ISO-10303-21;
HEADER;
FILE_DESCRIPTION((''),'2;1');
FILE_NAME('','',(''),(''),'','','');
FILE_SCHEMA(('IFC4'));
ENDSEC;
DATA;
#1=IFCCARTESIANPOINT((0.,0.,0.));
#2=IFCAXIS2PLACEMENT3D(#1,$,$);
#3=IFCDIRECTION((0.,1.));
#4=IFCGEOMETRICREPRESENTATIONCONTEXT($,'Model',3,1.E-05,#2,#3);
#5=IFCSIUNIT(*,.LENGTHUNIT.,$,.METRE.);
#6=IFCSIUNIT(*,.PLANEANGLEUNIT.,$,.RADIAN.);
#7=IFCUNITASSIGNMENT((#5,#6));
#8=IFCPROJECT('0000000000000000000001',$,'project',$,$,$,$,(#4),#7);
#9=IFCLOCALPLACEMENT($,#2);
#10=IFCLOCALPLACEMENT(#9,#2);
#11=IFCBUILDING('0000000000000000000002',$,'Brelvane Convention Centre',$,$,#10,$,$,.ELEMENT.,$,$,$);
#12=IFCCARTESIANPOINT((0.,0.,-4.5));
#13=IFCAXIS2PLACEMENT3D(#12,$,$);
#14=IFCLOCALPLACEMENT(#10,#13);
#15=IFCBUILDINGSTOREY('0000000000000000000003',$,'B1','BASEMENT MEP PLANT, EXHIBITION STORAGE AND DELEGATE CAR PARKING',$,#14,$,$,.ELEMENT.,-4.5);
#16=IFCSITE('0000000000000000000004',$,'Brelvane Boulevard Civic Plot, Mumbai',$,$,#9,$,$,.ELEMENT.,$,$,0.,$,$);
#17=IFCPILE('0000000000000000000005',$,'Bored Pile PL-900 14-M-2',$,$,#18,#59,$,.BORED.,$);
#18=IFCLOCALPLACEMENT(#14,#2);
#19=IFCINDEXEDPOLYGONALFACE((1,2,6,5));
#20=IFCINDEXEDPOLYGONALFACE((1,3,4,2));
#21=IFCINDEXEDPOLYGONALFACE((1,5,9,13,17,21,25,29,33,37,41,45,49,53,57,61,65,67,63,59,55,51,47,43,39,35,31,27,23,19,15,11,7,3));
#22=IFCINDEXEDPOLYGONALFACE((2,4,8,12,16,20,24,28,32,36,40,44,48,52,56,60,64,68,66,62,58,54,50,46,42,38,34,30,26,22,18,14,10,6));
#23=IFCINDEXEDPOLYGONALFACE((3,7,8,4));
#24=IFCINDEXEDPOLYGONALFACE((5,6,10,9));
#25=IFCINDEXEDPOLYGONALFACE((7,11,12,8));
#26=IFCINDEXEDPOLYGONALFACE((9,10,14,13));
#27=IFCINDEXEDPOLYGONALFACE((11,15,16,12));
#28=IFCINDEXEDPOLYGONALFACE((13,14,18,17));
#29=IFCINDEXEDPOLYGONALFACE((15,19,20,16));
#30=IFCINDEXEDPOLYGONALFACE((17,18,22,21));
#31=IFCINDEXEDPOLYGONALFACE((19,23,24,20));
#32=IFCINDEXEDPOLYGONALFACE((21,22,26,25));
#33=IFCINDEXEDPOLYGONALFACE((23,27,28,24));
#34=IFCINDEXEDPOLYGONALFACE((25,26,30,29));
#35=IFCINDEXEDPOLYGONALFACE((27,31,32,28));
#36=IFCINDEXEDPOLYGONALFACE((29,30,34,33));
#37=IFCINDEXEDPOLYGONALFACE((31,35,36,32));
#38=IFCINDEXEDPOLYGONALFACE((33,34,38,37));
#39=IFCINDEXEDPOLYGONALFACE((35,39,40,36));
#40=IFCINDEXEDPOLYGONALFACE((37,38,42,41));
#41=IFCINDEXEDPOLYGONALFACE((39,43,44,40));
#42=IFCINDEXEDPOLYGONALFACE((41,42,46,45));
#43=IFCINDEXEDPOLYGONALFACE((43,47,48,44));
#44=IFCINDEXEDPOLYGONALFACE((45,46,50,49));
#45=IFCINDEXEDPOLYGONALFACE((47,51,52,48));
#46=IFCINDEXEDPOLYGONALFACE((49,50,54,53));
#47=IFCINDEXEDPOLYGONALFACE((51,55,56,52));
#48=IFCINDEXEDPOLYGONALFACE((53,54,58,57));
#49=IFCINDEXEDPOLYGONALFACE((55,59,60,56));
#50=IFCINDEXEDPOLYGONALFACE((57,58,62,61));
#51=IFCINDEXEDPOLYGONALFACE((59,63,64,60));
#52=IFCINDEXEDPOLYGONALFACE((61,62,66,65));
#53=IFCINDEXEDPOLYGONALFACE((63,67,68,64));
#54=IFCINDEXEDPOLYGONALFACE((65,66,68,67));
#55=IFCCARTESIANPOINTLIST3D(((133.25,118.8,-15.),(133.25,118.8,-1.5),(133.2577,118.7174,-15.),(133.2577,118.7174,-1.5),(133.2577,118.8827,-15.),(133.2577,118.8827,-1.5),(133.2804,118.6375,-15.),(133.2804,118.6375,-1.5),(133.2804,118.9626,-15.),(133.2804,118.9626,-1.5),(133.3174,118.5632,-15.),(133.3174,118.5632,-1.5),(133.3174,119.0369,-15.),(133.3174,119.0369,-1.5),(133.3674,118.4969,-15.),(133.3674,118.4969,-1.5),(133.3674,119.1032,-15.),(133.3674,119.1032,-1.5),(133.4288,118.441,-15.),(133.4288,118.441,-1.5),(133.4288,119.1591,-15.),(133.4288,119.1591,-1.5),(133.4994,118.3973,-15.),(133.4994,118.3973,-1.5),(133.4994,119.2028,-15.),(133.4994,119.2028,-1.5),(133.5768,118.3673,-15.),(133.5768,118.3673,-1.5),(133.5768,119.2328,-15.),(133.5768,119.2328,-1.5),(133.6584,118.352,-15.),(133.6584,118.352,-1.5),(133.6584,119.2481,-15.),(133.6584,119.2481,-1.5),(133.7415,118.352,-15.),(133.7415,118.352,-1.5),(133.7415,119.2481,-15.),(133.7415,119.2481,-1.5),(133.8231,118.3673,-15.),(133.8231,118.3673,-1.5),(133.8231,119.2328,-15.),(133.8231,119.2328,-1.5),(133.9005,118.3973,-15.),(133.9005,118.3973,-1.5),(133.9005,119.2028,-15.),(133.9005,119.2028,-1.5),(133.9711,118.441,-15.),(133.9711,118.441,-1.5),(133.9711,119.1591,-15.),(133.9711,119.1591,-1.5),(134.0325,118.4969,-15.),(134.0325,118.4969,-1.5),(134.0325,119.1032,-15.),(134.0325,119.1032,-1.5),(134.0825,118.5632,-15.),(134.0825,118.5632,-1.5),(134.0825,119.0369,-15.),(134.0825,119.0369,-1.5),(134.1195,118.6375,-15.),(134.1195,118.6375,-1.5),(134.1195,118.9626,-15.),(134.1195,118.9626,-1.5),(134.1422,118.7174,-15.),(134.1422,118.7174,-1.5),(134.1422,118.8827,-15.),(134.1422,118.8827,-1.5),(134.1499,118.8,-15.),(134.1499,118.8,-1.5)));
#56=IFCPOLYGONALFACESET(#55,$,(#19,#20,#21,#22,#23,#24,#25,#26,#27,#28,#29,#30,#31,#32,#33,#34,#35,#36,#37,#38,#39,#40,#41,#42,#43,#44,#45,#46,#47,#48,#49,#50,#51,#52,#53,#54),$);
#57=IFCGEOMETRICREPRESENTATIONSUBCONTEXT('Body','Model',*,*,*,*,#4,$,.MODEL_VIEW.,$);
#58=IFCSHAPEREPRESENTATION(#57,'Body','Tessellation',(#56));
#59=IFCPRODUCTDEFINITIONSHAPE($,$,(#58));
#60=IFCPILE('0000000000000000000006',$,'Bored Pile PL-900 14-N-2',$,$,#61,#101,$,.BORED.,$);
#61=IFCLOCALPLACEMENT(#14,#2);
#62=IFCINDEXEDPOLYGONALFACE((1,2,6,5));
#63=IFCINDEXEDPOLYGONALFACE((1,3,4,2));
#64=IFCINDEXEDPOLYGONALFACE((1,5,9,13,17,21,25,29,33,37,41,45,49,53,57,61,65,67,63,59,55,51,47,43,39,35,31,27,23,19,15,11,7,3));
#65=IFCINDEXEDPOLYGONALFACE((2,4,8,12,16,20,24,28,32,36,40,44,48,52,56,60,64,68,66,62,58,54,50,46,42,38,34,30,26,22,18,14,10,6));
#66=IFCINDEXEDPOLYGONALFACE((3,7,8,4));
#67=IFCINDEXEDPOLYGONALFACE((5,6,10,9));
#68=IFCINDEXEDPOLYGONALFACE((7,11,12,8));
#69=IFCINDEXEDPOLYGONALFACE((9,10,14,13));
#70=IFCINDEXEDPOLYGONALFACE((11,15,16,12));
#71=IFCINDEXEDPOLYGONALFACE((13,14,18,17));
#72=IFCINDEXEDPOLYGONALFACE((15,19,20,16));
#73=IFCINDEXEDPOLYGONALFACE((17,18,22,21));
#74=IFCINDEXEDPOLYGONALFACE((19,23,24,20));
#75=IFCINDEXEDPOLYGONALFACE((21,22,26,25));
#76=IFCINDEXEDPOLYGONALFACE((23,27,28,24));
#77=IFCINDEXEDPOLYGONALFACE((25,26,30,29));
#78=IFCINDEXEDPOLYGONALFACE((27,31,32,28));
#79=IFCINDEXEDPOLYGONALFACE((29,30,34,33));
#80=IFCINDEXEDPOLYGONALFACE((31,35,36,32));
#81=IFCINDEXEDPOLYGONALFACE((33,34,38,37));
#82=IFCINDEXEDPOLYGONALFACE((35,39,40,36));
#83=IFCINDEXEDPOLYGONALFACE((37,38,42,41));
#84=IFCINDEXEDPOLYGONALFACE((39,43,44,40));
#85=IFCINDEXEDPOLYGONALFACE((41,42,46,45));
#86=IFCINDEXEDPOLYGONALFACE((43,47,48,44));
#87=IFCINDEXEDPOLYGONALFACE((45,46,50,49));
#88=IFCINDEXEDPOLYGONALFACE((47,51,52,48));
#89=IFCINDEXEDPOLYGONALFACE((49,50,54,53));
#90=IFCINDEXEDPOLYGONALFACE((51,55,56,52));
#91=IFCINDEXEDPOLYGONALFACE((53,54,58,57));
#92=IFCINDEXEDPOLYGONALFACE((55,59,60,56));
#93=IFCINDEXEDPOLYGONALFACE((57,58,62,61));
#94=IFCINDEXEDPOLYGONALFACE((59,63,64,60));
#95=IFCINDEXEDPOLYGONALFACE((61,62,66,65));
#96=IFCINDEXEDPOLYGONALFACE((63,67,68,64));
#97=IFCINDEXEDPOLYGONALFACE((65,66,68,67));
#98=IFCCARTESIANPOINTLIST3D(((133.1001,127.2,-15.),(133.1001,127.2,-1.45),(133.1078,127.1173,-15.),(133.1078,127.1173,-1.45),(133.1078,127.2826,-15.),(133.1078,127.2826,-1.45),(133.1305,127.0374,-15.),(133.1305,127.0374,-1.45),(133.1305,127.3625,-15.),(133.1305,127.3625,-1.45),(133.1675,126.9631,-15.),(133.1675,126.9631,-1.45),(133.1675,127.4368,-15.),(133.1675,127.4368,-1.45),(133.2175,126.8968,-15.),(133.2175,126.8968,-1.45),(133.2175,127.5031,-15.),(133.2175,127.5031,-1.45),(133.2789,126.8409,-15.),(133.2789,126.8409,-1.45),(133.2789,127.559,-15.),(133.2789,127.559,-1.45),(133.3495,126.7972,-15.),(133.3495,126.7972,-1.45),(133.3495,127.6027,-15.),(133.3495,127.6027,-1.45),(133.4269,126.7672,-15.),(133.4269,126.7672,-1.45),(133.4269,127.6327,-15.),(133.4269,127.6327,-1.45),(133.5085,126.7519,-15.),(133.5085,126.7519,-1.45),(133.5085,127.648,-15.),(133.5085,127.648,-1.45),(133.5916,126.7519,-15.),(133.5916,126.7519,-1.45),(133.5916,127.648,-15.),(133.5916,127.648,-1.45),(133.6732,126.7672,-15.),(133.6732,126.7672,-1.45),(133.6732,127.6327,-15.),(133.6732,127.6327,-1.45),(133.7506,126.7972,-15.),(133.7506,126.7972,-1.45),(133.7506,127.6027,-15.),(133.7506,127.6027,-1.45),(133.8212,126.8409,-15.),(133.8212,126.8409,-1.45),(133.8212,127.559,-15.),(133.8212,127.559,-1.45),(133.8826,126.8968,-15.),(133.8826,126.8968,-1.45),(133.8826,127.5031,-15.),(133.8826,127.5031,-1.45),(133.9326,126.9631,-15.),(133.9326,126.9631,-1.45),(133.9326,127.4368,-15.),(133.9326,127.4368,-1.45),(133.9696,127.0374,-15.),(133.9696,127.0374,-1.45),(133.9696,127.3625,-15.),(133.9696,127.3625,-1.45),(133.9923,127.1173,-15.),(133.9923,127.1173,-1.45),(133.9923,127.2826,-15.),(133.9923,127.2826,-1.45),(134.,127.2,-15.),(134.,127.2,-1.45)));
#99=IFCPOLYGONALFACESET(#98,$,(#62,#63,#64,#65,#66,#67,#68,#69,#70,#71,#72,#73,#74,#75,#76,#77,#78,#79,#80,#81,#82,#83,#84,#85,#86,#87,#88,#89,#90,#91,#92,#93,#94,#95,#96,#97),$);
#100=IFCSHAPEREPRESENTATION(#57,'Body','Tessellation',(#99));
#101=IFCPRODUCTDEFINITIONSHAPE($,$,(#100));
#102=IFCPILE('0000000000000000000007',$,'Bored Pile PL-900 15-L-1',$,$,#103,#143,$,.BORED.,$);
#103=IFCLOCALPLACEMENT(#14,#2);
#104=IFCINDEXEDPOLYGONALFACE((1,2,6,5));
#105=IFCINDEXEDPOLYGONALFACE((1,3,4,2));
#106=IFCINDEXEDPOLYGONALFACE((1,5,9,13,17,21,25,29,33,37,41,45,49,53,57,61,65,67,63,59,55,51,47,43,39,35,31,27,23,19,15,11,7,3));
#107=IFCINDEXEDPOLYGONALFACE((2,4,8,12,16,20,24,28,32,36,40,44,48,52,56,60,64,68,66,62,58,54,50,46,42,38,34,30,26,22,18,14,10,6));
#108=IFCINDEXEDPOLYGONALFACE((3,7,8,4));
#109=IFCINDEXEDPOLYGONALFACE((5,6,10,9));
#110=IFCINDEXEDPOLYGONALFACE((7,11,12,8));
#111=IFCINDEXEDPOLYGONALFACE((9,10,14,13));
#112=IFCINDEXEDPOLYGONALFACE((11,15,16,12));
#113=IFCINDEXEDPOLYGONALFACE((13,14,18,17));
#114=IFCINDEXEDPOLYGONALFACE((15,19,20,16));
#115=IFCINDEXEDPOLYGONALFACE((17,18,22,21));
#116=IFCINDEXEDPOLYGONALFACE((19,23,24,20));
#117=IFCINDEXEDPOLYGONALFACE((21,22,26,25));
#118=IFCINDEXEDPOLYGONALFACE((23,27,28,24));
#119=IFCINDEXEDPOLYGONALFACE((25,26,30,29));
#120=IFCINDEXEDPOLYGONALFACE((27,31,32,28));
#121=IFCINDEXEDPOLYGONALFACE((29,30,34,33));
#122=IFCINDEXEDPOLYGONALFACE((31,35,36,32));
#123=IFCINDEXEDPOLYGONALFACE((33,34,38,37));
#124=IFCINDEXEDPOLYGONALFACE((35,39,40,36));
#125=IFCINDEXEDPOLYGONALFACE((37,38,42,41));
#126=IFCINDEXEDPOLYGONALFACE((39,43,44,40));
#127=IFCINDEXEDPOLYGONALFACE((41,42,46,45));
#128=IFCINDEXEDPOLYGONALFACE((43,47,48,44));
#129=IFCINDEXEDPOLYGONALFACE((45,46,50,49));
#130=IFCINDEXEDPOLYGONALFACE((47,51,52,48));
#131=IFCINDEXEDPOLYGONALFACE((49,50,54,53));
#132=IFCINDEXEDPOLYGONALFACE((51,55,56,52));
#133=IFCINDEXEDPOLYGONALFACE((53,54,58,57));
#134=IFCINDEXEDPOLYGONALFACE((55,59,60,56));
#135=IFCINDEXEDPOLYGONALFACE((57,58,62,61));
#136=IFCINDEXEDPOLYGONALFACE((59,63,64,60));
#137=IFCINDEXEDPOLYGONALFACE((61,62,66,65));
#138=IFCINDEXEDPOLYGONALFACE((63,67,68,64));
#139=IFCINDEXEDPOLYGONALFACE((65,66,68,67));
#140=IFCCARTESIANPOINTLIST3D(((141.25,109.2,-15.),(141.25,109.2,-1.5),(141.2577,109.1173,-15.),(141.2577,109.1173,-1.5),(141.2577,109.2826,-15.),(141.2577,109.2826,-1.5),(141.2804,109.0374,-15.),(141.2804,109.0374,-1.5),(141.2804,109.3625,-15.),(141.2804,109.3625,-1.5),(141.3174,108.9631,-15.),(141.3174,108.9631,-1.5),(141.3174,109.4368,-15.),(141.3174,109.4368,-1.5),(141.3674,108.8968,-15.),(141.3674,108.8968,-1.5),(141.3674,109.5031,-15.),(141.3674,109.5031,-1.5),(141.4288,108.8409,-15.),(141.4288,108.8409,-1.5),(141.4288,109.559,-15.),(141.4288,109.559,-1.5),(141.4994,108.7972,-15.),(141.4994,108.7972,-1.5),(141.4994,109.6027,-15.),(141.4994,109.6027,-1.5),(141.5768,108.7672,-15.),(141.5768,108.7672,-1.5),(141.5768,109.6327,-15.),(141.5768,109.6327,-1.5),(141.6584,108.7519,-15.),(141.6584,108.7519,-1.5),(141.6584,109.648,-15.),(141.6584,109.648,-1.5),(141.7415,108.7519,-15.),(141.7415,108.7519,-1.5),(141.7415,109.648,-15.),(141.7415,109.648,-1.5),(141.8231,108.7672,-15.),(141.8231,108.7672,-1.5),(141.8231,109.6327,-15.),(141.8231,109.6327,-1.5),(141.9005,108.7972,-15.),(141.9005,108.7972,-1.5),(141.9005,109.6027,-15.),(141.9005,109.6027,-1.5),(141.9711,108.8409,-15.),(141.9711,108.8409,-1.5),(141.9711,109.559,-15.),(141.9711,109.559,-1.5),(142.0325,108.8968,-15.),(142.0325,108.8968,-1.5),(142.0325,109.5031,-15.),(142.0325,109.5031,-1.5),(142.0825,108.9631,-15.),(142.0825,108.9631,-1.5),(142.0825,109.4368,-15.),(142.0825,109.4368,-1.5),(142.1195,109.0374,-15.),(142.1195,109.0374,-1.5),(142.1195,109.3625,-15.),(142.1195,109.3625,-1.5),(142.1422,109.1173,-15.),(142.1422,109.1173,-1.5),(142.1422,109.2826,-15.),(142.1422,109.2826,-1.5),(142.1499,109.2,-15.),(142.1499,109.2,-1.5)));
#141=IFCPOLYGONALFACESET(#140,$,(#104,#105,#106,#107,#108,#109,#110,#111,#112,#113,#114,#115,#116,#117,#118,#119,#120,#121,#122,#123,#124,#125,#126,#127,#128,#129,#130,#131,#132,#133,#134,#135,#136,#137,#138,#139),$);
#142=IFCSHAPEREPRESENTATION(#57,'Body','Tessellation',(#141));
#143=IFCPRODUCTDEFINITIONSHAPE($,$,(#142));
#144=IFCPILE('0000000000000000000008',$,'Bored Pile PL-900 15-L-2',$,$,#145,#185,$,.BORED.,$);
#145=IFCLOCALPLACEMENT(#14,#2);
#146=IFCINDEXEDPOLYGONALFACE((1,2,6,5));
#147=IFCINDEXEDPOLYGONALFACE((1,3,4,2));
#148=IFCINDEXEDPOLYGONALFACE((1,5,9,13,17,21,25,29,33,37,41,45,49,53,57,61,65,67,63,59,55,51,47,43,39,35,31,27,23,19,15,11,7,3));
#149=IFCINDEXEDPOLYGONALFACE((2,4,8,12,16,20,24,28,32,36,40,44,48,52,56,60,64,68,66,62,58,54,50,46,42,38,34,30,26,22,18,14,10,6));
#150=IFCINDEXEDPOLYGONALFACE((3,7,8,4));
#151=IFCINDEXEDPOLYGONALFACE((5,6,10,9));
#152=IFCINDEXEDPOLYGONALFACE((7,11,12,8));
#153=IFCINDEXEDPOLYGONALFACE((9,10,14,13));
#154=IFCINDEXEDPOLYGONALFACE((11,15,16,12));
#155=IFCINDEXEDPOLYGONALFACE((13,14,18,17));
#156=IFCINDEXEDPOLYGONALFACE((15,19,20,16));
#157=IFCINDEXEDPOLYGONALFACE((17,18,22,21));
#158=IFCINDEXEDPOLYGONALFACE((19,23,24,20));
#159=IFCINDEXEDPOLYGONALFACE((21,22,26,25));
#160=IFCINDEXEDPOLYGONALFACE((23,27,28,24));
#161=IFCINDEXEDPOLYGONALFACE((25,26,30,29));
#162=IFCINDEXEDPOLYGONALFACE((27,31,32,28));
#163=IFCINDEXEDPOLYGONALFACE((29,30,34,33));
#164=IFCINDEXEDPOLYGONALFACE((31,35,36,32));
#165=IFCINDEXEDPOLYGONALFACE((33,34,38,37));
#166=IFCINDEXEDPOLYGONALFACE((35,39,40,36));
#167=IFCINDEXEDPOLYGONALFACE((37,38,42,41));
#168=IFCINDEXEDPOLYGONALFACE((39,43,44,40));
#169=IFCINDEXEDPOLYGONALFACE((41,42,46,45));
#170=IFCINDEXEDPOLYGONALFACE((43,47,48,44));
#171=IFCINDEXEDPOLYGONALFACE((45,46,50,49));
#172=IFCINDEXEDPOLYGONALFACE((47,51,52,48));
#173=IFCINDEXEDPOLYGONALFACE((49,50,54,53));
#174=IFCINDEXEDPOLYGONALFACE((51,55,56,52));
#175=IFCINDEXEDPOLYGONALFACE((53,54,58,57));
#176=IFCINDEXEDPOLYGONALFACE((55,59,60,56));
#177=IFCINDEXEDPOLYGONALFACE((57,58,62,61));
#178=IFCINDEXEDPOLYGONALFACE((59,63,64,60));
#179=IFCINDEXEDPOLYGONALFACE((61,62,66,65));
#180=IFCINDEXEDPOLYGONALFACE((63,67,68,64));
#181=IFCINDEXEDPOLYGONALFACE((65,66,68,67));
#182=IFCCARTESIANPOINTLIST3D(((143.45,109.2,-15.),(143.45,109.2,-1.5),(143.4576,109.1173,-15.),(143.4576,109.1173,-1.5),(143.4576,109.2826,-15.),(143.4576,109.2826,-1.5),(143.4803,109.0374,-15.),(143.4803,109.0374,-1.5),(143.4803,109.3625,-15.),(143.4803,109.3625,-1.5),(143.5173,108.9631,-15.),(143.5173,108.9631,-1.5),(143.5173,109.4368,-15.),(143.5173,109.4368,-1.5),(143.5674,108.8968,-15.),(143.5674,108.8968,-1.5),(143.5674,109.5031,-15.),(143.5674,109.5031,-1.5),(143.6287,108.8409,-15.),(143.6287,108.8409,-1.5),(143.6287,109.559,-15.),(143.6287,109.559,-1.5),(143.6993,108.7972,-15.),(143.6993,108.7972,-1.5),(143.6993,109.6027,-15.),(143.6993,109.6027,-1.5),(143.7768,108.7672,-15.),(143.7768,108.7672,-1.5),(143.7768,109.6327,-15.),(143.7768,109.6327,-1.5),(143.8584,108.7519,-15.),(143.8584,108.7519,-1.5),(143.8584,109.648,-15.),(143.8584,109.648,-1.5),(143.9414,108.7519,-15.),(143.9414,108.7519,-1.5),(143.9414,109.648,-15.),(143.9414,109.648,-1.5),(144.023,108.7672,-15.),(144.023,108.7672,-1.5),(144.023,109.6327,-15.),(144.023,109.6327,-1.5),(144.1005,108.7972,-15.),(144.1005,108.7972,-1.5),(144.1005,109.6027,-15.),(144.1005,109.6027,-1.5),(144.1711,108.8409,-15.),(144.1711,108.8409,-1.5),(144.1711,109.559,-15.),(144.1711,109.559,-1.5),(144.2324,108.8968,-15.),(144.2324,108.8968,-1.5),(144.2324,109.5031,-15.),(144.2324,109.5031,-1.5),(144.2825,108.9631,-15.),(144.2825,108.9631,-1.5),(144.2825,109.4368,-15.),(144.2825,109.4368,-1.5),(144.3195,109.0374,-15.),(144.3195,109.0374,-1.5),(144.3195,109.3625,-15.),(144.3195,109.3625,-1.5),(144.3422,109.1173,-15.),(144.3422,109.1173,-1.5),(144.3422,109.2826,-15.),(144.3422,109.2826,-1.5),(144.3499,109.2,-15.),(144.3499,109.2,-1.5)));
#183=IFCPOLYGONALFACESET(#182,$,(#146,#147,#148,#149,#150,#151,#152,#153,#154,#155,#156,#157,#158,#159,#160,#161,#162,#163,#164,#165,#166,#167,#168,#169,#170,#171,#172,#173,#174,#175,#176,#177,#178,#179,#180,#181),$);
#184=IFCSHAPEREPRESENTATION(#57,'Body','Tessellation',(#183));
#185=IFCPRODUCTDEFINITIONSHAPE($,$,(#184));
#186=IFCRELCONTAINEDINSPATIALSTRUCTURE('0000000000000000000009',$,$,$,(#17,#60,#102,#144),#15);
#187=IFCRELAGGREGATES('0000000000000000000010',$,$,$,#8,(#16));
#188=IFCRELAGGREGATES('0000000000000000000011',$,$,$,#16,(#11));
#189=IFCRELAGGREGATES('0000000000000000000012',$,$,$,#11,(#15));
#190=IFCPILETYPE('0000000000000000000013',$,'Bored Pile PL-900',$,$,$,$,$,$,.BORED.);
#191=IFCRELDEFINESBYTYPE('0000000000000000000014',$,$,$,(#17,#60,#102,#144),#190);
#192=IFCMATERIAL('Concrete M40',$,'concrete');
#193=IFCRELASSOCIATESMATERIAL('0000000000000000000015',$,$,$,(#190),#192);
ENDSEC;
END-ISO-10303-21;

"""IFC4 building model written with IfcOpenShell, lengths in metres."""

from ifc_helpers import new_model, si_unit, direction, frame, origin, origin_2d, place, context, subcontext, project, spatial, circle, extrude, material, material_profile, profile_set, type_object, element, save


model = new_model("IFC4")

# Units and contexts
model_context = context("Model", 3, precision=1e-05, world=origin(), true_north=direction((0.0, 1.0)))
body_context = subcontext(model_context, "Body", "Model", "MODEL_VIEW")
ifc_project = project(units=[si_unit("LENGTHUNIT", "METRE"), si_unit("PLANEANGLEUNIT", "RADIAN")], contexts=[model_context])

# Site, building, storey
site_placement = place(None, origin())
site = spatial("IfcSite", under=ifc_project, at=site_placement, Name="Brelvane Boulevard Civic Plot, Mumbai", CompositionType="ELEMENT", RefElevation=0.0)
building_placement = place(site_placement, origin())
building = spatial("IfcBuilding", under=site, at=building_placement, Name="Brelvane Convention Centre", CompositionType="ELEMENT")
storey_placement = place(building_placement, frame((0.0, 0.0, -4.5)))
storey = spatial("IfcBuildingStorey", under=building, at=storey_placement, Name="B1", Description="BASEMENT MEP PLANT, EXHIBITION STORAGE AND DELEGATE CAR PARKING", CompositionType="ELEMENT", Elevation=-4.5)

# Piles
ifc_material_1 = material(Name="Concrete M40", Category="concrete")
ifc_material_profile_1 = material_profile(ifc_material_1, circle(Radius=0.45, at=origin_2d()), Name="PILE D900")
ifc_profile_set_1 = profile_set([ifc_material_profile_1], Name="Concrete M40")
pile_type = type_object("IfcPileType", Name="Bored Pile PL-900", PredefinedType="BORED", material=ifc_profile_set_1)
pile_1_placement = place(storey_placement, frame((133.7, 118.8, -1.5), z_axis=(0.0, 0.0, -1.0), x_axis=(1.0, 0.0, 0.0)))
element("IfcPile", 1, at=pile_1_placement, inside=storey, type_object=pile_type, Name="Bored Pile PL-900 14-M-2", PredefinedType="BORED", context=body_context, shape_type="SweptSolid", body=[
    extrude(circle(Radius=0.45, at=origin_2d()), origin(), (0.0, 0.0, 1.0), 13.5),
])
pile_2_placement = place(storey_placement, frame((133.55, 127.2, -1.45), z_axis=(0.0, 0.0, -1.0), x_axis=(1.0, 0.0, 0.0)))
element("IfcPile", 2, at=pile_2_placement, inside=storey, type_object=pile_type, Name="Bored Pile PL-900 14-N-2", PredefinedType="BORED", context=body_context, shape_type="SweptSolid", body=[
    extrude(circle(Radius=0.45, at=origin_2d()), origin(), (0.0, 0.0, 1.0), 13.55),
])
for number, where, z_axis, x_axis, name in (
    (3, (141.7, 109.2, -1.5), (0.0, 0.0, -1.0), (1.0, 0.0, 0.0), "Bored Pile PL-900 15-L-1"),
    (4, (143.8999, 109.2, -1.5), (0.0, 0.0, -1.0), (1.0, 0.0, 0.0), "Bored Pile PL-900 15-L-2"),
):
    element("IfcPile", number, at=place(storey_placement, frame(where, z_axis=z_axis, x_axis=x_axis)), inside=storey, type_object=pile_type, Name=name, PredefinedType="BORED", context=body_context, shape_type="SweptSolid", body=[
        extrude(circle(Radius=0.45, at=origin_2d()), origin(), (0.0, 0.0, 1.0), 13.5),
    ])

save(model, "model.ifc")
